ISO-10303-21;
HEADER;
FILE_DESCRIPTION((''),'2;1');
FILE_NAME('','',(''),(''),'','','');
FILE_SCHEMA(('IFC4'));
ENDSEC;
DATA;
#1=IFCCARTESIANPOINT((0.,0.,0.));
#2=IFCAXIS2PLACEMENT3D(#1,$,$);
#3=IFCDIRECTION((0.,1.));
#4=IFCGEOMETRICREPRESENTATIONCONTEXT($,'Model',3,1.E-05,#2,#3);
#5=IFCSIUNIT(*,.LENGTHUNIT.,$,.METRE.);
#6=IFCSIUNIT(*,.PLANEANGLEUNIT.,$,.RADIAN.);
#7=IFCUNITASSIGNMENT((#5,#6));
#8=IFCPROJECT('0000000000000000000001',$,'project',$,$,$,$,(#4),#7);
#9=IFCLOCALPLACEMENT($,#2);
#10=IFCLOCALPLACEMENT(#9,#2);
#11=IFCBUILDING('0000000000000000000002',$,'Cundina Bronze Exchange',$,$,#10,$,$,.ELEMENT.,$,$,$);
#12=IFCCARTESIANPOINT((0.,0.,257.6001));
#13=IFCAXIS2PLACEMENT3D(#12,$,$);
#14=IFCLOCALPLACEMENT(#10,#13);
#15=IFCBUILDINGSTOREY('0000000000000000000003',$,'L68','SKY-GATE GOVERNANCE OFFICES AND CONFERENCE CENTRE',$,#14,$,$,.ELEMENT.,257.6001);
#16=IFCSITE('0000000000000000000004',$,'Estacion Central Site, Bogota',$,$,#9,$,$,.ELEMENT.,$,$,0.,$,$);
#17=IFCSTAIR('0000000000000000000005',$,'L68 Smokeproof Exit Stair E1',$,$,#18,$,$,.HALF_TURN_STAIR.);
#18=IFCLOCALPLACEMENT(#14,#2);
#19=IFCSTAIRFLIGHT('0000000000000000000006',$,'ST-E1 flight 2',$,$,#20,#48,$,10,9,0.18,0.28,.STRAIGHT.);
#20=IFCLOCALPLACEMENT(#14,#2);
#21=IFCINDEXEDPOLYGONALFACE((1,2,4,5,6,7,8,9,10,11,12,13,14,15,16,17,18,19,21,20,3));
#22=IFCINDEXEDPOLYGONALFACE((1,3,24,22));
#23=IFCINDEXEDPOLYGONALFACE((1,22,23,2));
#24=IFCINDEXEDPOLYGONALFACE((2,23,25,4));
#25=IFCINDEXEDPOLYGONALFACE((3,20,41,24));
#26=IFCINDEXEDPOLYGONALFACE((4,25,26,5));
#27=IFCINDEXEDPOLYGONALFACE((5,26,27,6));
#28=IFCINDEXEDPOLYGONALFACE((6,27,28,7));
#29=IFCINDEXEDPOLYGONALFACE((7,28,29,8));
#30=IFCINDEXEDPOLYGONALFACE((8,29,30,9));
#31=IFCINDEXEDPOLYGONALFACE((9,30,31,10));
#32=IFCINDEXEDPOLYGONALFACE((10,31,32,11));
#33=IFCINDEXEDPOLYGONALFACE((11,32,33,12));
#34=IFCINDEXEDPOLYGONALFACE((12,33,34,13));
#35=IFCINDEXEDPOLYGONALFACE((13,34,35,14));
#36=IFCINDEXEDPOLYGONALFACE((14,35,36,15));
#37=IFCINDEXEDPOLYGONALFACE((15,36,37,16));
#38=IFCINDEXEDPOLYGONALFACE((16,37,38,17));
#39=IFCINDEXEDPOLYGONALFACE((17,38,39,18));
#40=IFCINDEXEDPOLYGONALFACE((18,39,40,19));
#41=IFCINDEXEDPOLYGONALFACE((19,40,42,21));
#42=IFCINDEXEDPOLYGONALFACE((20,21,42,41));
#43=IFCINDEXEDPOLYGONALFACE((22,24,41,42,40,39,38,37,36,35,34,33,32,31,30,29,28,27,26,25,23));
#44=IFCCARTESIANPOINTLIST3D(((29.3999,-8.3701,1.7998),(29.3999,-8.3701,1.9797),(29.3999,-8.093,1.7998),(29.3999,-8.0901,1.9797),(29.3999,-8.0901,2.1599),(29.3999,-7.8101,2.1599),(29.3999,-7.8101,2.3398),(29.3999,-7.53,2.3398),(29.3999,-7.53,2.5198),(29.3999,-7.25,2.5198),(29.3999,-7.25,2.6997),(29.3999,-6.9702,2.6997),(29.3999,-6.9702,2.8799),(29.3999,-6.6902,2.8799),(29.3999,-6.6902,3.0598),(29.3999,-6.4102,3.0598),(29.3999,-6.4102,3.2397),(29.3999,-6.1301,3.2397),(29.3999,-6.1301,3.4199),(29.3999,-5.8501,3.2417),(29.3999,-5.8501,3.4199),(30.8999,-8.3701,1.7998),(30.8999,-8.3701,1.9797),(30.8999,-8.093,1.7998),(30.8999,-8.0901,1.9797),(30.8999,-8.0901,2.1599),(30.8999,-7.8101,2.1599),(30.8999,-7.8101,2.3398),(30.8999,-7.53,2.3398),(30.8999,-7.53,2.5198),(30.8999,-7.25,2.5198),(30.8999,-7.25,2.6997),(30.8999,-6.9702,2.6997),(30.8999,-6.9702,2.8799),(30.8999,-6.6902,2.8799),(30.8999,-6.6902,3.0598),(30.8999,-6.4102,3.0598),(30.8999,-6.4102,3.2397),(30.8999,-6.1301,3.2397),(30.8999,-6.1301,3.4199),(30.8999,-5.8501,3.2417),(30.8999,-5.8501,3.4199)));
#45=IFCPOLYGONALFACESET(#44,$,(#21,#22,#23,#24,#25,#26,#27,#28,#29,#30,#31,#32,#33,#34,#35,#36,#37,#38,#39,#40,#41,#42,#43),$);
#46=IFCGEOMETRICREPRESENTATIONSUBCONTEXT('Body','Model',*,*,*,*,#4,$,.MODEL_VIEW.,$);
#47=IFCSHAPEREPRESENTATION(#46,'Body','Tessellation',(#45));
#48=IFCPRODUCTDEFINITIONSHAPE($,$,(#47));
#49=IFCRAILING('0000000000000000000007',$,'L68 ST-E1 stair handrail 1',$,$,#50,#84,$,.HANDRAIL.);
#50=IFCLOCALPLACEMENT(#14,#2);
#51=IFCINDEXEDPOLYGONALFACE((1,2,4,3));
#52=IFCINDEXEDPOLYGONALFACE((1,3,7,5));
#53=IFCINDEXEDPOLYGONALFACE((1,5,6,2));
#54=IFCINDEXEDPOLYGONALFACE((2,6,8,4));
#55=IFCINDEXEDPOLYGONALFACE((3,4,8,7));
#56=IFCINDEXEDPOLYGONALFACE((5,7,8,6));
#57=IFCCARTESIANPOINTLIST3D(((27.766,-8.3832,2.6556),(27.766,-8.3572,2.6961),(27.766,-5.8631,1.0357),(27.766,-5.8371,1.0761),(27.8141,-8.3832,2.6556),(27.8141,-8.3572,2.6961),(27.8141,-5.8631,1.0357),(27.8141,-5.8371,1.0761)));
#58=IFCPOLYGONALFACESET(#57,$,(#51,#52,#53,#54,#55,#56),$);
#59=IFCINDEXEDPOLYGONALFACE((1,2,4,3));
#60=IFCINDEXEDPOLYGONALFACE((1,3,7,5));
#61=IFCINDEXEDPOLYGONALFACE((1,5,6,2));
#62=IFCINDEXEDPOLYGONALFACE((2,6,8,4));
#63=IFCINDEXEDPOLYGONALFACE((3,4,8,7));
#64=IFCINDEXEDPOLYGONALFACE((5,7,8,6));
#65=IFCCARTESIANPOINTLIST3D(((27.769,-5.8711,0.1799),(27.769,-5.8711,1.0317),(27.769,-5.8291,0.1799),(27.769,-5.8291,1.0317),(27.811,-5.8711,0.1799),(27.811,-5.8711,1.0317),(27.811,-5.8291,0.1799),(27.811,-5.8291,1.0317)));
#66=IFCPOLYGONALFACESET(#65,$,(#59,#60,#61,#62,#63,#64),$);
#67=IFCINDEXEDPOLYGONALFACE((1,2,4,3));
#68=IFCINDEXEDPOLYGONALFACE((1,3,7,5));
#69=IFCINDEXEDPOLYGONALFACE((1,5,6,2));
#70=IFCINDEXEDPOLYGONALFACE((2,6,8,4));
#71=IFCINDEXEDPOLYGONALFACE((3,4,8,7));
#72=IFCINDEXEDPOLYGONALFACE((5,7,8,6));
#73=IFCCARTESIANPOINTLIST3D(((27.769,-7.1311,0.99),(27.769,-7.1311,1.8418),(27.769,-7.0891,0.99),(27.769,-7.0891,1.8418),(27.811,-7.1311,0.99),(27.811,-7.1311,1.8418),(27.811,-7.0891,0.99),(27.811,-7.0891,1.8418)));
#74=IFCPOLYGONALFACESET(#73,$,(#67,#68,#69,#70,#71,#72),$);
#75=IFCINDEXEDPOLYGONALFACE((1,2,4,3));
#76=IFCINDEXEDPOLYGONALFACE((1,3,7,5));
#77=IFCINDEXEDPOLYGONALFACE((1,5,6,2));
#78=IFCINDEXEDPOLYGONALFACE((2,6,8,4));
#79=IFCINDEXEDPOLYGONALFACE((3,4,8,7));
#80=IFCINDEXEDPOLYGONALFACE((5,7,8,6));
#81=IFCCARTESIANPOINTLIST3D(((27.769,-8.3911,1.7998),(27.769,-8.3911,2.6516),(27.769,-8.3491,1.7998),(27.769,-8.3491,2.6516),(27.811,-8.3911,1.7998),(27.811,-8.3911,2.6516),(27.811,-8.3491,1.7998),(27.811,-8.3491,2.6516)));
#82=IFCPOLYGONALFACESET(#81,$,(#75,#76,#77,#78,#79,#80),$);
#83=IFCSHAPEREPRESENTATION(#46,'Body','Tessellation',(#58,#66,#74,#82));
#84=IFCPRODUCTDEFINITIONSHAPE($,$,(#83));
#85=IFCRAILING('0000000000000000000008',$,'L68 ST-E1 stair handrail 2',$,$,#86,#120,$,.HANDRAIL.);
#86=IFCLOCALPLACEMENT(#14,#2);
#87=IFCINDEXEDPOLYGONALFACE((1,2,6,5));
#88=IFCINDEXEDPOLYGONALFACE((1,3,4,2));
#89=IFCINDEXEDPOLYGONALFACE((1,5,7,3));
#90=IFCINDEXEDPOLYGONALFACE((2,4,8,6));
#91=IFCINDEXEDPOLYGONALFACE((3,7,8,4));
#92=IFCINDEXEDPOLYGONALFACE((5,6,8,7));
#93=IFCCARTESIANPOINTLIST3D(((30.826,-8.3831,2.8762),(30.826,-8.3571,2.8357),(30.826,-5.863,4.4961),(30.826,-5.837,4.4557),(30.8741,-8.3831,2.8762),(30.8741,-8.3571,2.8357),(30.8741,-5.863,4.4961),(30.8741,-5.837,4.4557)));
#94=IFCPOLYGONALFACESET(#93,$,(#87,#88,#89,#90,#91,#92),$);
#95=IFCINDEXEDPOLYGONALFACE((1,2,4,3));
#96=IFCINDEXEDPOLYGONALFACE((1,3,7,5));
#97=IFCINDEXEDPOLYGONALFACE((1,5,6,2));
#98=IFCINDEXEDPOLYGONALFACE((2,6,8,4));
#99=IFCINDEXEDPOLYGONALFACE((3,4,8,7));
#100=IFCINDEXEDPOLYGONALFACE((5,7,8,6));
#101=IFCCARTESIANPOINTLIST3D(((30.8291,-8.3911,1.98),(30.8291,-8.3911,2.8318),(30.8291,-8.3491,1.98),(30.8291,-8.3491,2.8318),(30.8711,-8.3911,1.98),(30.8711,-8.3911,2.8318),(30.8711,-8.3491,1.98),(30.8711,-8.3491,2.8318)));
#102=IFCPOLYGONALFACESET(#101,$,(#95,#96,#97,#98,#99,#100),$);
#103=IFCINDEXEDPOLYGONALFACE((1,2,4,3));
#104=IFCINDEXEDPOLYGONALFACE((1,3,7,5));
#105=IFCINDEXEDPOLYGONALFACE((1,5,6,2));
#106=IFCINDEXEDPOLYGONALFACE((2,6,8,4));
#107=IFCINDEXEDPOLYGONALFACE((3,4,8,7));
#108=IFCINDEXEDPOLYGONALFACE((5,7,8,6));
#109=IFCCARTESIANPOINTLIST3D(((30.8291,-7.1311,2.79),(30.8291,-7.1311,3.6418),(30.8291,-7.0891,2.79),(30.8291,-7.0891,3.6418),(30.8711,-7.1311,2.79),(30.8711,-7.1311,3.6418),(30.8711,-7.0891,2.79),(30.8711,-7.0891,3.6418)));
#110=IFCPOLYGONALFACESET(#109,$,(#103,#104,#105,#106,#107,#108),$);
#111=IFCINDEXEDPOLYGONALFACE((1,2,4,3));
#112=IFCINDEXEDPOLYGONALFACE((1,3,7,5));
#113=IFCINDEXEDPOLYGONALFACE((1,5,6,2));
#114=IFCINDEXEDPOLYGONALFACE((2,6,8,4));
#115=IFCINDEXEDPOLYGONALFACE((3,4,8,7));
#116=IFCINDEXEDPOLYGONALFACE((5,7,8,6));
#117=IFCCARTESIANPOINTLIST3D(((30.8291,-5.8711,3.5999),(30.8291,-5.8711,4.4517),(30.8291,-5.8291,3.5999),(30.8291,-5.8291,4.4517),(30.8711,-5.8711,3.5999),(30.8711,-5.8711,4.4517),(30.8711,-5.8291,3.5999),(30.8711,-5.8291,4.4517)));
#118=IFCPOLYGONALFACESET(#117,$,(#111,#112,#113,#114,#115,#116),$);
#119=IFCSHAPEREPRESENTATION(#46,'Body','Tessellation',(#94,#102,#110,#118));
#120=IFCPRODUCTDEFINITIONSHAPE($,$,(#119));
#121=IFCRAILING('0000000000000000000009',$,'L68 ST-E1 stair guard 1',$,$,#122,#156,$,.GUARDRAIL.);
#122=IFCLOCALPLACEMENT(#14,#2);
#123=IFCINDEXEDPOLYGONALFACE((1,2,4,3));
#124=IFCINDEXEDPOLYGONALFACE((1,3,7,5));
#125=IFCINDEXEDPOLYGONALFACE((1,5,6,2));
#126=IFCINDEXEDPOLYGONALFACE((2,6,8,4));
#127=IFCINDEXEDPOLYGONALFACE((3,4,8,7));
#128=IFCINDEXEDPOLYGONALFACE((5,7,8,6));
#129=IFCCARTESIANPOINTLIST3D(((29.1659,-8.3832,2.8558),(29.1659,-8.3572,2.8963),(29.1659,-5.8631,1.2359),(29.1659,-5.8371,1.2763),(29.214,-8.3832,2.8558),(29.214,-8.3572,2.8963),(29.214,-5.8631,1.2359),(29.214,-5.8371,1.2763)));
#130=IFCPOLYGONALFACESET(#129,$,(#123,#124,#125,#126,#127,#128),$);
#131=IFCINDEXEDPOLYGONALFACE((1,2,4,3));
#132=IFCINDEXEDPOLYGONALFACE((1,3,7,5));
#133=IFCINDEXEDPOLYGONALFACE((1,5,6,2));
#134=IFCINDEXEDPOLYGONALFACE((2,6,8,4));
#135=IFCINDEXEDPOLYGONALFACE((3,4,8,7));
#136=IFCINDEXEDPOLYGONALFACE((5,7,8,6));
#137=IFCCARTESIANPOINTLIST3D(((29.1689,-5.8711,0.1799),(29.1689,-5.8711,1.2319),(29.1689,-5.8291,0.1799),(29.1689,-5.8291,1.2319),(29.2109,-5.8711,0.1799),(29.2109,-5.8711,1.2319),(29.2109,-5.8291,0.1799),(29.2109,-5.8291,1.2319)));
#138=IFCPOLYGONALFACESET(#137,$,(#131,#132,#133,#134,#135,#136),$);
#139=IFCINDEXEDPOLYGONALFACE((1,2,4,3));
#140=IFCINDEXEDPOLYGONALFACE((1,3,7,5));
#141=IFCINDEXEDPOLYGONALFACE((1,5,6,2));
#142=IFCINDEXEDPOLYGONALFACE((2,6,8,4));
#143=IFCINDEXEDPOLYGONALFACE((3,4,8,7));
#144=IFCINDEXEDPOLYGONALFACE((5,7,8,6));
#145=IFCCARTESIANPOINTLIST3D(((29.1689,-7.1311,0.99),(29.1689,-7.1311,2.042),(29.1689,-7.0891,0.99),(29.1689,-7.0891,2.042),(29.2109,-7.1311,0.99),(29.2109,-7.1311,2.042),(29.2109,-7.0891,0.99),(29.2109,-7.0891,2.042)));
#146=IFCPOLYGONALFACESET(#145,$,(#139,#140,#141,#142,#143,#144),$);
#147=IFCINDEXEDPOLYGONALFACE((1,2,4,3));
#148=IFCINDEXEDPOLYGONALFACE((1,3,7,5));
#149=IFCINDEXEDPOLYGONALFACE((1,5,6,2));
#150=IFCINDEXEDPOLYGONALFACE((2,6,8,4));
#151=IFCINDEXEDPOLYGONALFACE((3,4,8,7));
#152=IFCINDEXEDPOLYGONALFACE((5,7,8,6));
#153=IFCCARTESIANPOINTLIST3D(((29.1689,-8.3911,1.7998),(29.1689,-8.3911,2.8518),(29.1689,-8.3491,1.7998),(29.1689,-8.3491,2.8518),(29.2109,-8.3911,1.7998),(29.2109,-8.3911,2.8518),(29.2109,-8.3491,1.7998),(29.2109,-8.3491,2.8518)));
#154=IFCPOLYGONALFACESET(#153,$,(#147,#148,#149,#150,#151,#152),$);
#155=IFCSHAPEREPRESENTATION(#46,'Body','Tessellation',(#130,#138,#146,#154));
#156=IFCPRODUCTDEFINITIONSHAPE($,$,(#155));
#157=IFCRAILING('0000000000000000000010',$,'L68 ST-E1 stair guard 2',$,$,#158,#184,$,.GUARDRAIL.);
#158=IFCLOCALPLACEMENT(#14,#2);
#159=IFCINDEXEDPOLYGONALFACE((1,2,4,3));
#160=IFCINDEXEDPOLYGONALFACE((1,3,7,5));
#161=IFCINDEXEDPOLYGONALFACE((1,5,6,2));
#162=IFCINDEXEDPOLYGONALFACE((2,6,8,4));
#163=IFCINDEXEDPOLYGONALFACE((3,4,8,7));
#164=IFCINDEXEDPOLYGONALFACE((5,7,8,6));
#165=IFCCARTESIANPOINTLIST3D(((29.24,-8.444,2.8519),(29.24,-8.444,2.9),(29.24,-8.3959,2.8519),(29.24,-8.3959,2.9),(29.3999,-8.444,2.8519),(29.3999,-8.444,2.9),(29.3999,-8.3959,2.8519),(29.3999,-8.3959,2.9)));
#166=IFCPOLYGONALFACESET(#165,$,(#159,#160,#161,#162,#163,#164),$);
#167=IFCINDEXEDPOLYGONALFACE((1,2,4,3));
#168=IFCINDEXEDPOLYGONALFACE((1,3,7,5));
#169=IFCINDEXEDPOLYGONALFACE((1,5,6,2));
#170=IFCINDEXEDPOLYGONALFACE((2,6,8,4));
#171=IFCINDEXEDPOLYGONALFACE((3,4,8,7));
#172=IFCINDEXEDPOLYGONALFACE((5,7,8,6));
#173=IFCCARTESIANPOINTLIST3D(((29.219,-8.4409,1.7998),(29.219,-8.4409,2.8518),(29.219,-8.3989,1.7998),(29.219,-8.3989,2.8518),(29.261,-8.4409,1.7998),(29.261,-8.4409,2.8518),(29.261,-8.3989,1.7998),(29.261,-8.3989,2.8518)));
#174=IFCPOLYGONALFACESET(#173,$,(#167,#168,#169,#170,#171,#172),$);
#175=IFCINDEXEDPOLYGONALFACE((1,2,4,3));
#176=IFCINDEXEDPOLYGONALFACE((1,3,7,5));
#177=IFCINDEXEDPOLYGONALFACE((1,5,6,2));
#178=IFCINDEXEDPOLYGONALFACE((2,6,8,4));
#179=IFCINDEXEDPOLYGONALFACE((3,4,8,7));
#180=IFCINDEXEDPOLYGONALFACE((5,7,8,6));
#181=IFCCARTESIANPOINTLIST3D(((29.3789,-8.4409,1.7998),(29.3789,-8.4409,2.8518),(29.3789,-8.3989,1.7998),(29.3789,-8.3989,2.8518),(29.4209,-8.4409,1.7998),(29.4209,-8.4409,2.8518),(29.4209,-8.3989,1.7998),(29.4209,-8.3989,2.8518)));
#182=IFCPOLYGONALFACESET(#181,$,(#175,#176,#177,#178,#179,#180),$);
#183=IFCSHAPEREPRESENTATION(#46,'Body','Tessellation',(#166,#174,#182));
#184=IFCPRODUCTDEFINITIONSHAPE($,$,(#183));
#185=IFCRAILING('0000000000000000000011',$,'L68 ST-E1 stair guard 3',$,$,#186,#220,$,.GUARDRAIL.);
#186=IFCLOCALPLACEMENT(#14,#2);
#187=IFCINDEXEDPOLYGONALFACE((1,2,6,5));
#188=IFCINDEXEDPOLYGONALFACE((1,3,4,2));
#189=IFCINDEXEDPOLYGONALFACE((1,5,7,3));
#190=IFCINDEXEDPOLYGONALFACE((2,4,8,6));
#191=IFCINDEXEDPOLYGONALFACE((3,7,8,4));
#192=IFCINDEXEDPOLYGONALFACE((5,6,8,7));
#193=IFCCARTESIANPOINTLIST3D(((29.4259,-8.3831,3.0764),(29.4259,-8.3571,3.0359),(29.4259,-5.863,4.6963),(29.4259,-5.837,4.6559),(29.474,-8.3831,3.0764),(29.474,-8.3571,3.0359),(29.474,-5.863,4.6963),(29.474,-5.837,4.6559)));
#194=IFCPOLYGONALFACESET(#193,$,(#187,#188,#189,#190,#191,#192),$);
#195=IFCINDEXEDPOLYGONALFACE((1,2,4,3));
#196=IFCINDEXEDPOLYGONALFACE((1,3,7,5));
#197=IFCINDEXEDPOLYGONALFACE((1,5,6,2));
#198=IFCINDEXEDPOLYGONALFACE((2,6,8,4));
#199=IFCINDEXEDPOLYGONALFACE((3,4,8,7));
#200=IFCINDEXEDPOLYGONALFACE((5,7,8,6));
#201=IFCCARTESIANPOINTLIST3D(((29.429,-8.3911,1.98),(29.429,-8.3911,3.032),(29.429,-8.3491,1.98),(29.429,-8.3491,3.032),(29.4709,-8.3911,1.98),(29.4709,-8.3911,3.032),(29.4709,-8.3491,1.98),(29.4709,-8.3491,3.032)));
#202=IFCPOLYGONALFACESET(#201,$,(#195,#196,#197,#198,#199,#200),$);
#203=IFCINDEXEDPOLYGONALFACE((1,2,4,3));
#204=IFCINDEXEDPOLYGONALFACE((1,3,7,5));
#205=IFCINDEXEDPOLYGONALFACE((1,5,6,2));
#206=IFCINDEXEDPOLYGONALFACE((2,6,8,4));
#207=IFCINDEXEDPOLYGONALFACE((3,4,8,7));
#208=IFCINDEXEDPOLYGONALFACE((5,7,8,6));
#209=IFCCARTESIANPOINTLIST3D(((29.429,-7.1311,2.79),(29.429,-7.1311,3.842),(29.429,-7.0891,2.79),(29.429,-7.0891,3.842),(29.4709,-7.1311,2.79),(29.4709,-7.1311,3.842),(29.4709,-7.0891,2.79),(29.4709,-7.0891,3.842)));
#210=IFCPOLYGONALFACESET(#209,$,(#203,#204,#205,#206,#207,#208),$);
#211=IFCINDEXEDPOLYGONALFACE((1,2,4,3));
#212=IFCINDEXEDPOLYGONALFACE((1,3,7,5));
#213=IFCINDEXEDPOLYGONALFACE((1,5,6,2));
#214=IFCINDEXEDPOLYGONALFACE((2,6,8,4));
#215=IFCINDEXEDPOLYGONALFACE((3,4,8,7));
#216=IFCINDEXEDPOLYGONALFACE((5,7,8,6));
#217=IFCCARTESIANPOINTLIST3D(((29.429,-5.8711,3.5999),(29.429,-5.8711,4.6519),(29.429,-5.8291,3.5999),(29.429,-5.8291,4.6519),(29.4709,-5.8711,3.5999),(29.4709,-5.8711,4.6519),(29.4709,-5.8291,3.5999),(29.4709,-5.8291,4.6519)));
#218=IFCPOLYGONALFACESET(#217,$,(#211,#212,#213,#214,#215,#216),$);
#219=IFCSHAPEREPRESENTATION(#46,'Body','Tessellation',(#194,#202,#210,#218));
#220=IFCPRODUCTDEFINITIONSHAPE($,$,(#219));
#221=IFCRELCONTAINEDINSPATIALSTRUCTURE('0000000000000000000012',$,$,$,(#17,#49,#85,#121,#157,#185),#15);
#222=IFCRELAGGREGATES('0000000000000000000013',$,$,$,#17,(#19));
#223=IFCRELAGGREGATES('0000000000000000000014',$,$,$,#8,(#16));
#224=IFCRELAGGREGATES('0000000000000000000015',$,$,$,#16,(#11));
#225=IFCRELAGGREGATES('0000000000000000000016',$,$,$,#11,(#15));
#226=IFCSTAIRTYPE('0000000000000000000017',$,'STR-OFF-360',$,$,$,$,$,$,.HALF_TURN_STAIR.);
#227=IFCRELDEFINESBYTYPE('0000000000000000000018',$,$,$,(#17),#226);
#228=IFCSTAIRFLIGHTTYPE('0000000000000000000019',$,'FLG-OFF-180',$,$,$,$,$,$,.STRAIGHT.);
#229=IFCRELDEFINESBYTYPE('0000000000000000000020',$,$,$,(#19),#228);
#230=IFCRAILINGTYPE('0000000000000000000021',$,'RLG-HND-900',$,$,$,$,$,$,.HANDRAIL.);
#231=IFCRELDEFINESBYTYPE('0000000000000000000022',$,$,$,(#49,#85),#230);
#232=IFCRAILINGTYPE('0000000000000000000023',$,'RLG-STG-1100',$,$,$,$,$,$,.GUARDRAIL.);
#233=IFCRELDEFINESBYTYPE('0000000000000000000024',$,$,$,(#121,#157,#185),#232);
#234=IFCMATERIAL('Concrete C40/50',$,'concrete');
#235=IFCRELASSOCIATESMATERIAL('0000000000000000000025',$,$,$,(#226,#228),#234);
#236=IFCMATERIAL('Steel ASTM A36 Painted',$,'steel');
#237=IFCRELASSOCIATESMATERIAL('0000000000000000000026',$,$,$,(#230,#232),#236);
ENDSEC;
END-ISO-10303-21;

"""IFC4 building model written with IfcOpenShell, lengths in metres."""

from ifc_helpers import new_model, si_unit, direction, frame, origin, origin_2d, place, context, subcontext, project, spatial, polyline, rectangle, outline, extrude, material, type_object, element, aggregate, save


model = new_model("IFC4")

# Units and contexts
model_context = context("Model", 3, precision=1e-05, world=origin(), true_north=direction((0.0, 1.0)))
body_context = subcontext(model_context, "Body", "Model", "MODEL_VIEW")
ifc_project = project(units=[si_unit("LENGTHUNIT", "METRE"), si_unit("PLANEANGLEUNIT", "RADIAN")], contexts=[model_context])

# Site, building, storey
site_placement = place(None, origin())
site = spatial("IfcSite", under=ifc_project, at=site_placement, Name="Estacion Central Site, Bogota", CompositionType="ELEMENT", RefElevation=0.0)
building_placement = place(site_placement, origin())
building = spatial("IfcBuilding", under=site, at=building_placement, Name="Cundina Bronze Exchange", CompositionType="ELEMENT")
storey_placement = place(building_placement, frame((0.0, 0.0, 257.6001)))
storey = spatial("IfcBuildingStorey", under=building, at=storey_placement, Name="L68", Description="SKY-GATE GOVERNANCE OFFICES AND CONFERENCE CENTRE", CompositionType="ELEMENT", Elevation=257.6001)

# Shared definitions
ifc_material_1 = material(Name="Steel ASTM A36 Painted", Category="steel")

# Stair, stair flight
ifc_material_2 = material(Name="Concrete C40/50", Category="concrete")
stair_type = type_object("IfcStairType", Name="STR-OFF-360", PredefinedType="HALF_TURN_STAIR", material=ifc_material_2)
stair_placement = place(storey_placement, origin())
stair = element("IfcStair", 1, at=stair_placement, inside=storey, type_object=stair_type, Name="L68 Smokeproof Exit Stair E1", PredefinedType="HALF_TURN_STAIR")
stair_flight_type = type_object("IfcStairFlightType", Name="FLG-OFF-180", PredefinedType="STRAIGHT", material=ifc_material_2)
stair_flight_1_placement = place(storey_placement, frame((30.1499, -8.3701, 1.7998), z_axis=(0.0, 0.0, 1.0), x_axis=(0.0, 1.0, 0.0)))
stair_flight_1 = element("IfcStairFlight", 2, at=stair_flight_1_placement, type_object=stair_flight_type, Name="ST-E1 flight 2", NumberOfRisers=10, NumberOfTreads=9, PredefinedType="STRAIGHT", RiserHeight=0.18, TreadLength=0.28, context=body_context, shape_type="SweptSolid", body=[
    extrude(outline(polyline([(0.0, 0.0), (0.0, 0.1799), (0.28, 0.1799), (0.28, 0.3601), (0.5601, 0.3601), (0.5601, 0.54), (0.8401, 0.54), (0.8401, 0.72), (1.1201, 0.72), (1.1201, 0.8999), (1.3999, 0.8999), (1.3999, 1.0801), (1.6799, 1.0801), (1.6799, 1.26), (1.96, 1.26), (1.96, 1.4399), (2.24, 1.4399), (2.24, 1.6201), (2.52, 1.6201), (2.52, 1.8), (2.52, 1.4419), (0.2771, 0.0), (0.0, 0.0)])), frame((0.0, 0.75, 0.0), z_axis=(0.0, -1.0, 0.0), x_axis=(1.0, 0.0, 0.0)), (0.0, 0.0, 1.0), 1.5),
])
aggregate(stair, [stair_flight_1])

# Railings
railing_type_1 = type_object("IfcRailingType", Name="RLG-HND-900", PredefinedType="HANDRAIL", material=ifc_material_1)
railing_1_placement = place(storey_placement, frame((27.79, -5.8501, 0.1799)))
element("IfcRailing", 3, at=railing_1_placement, inside=storey, type_object=railing_type_1, Name="L68 ST-E1 stair handrail 1", PredefinedType="HANDRAIL", context=body_context, shape_type="SweptSolid", body=[
    extrude(rectangle(XDim=0.0481, YDim=0.0481, at=origin_2d()), frame((0.0, 0.0, 0.876), z_axis=(0.0, -0.8412, 0.540725), x_axis=(1.0, 0.0, 0.0)), (0.0, 0.0, 1.0), 2.9958),
    extrude(rectangle(XDim=0.042, YDim=0.042, at=origin_2d()), origin(), (0.0, 0.0, 1.0), 0.8518),
    extrude(rectangle(XDim=0.042, YDim=0.042, at=origin_2d()), frame((0.0, -1.26, 0.8101)), (0.0, 0.0, 1.0), 0.8518),
    extrude(rectangle(XDim=0.042, YDim=0.042, at=origin_2d()), frame((0.0, -2.52, 1.6199)), (0.0, 0.0, 1.0), 0.8518),
])
railing_2_placement = place(storey_placement, frame((30.8501, -8.3701, 1.98)))
element("IfcRailing", 4, at=railing_2_placement, inside=storey, type_object=railing_type_1, Name="L68 ST-E1 stair handrail 2", PredefinedType="HANDRAIL", context=body_context, shape_type="SweptSolid", body=[
    extrude(rectangle(XDim=0.0481, YDim=0.0481, at=origin_2d()), frame((0.0, 0.0, 0.876), z_axis=(0.0, 0.8412, 0.540725), x_axis=(-1.0, 0.0, 0.0)), (0.0, 0.0, 1.0), 2.9958),
    extrude(rectangle(XDim=0.042, YDim=0.042, at=origin_2d()), origin(), (0.0, 0.0, 1.0), 0.8518),
    extrude(rectangle(XDim=0.042, YDim=0.042, at=origin_2d()), frame((0.0, 1.26, 0.8101)), (0.0, 0.0, 1.0), 0.8518),
    extrude(rectangle(XDim=0.042, YDim=0.042, at=origin_2d()), frame((0.0, 2.52, 1.6199)), (0.0, 0.0, 1.0), 0.8518),
])
railing_type_2 = type_object("IfcRailingType", Name="RLG-STG-1100", PredefinedType="GUARDRAIL", material=ifc_material_1)
railing_3_placement = place(storey_placement, frame((29.1899, -5.8501, 0.1799)))
element("IfcRailing", 5, at=railing_3_placement, inside=storey, type_object=railing_type_2, Name="L68 ST-E1 stair guard 1", PredefinedType="GUARDRAIL", context=body_context, shape_type="SweptSolid", body=[
    extrude(rectangle(XDim=0.0481, YDim=0.0481, at=origin_2d()), frame((0.0, 0.0, 1.0762), z_axis=(0.0, -0.8412, 0.540725), x_axis=(1.0, 0.0, 0.0)), (0.0, 0.0, 1.0), 2.9958),
    extrude(rectangle(XDim=0.042, YDim=0.042, at=origin_2d()), origin(), (0.0, 0.0, 1.0), 1.052),
    extrude(rectangle(XDim=0.042, YDim=0.042, at=origin_2d()), frame((0.0, -1.26, 0.8101)), (0.0, 0.0, 1.0), 1.052),
    extrude(rectangle(XDim=0.042, YDim=0.042, at=origin_2d()), frame((0.0, -2.52, 1.6199)), (0.0, 0.0, 1.0), 1.052),
])
railing_4_placement = place(storey_placement, frame((29.24, -8.4199, 1.7998)))
element("IfcRailing", 6, at=railing_4_placement, inside=storey, type_object=railing_type_2, Name="L68 ST-E1 stair guard 2", PredefinedType="GUARDRAIL", context=body_context, shape_type="SweptSolid", body=[
    extrude(rectangle(XDim=0.0481, YDim=0.0481, at=origin_2d()), frame((0.0, 0.0, 1.0762), z_axis=(1.0, 0.0, 0.0), x_axis=(0.0, 1.0, 0.0)), (0.0, 0.0, 1.0), 0.1599),
    extrude(rectangle(XDim=0.042, YDim=0.042, at=origin_2d()), origin(), (0.0, 0.0, 1.0), 1.052),
    extrude(rectangle(XDim=0.042, YDim=0.042, at=origin_2d()), frame((0.1599, 0.0, 0.0)), (0.0, 0.0, 1.0), 1.052),
])
railing_5_placement = place(storey_placement, frame((29.45, -8.3701, 1.98)))
element("IfcRailing", 7, at=railing_5_placement, inside=storey, type_object=railing_type_2, Name="L68 ST-E1 stair guard 3", PredefinedType="GUARDRAIL", context=body_context, shape_type="SweptSolid", body=[
    extrude(rectangle(XDim=0.0481, YDim=0.0481, at=origin_2d()), frame((0.0, 0.0, 1.0762), z_axis=(0.0, 0.8412, 0.540725), x_axis=(-1.0, 0.0, 0.0)), (0.0, 0.0, 1.0), 2.9958),
    extrude(rectangle(XDim=0.042, YDim=0.042, at=origin_2d()), origin(), (0.0, 0.0, 1.0), 1.052),
    extrude(rectangle(XDim=0.042, YDim=0.042, at=origin_2d()), frame((0.0, 1.26, 0.8101)), (0.0, 0.0, 1.0), 1.052),
    extrude(rectangle(XDim=0.042, YDim=0.042, at=origin_2d()), frame((0.0, 2.52, 1.6199)), (0.0, 0.0, 1.0), 1.052),
])

save(model, "model.ifc")
